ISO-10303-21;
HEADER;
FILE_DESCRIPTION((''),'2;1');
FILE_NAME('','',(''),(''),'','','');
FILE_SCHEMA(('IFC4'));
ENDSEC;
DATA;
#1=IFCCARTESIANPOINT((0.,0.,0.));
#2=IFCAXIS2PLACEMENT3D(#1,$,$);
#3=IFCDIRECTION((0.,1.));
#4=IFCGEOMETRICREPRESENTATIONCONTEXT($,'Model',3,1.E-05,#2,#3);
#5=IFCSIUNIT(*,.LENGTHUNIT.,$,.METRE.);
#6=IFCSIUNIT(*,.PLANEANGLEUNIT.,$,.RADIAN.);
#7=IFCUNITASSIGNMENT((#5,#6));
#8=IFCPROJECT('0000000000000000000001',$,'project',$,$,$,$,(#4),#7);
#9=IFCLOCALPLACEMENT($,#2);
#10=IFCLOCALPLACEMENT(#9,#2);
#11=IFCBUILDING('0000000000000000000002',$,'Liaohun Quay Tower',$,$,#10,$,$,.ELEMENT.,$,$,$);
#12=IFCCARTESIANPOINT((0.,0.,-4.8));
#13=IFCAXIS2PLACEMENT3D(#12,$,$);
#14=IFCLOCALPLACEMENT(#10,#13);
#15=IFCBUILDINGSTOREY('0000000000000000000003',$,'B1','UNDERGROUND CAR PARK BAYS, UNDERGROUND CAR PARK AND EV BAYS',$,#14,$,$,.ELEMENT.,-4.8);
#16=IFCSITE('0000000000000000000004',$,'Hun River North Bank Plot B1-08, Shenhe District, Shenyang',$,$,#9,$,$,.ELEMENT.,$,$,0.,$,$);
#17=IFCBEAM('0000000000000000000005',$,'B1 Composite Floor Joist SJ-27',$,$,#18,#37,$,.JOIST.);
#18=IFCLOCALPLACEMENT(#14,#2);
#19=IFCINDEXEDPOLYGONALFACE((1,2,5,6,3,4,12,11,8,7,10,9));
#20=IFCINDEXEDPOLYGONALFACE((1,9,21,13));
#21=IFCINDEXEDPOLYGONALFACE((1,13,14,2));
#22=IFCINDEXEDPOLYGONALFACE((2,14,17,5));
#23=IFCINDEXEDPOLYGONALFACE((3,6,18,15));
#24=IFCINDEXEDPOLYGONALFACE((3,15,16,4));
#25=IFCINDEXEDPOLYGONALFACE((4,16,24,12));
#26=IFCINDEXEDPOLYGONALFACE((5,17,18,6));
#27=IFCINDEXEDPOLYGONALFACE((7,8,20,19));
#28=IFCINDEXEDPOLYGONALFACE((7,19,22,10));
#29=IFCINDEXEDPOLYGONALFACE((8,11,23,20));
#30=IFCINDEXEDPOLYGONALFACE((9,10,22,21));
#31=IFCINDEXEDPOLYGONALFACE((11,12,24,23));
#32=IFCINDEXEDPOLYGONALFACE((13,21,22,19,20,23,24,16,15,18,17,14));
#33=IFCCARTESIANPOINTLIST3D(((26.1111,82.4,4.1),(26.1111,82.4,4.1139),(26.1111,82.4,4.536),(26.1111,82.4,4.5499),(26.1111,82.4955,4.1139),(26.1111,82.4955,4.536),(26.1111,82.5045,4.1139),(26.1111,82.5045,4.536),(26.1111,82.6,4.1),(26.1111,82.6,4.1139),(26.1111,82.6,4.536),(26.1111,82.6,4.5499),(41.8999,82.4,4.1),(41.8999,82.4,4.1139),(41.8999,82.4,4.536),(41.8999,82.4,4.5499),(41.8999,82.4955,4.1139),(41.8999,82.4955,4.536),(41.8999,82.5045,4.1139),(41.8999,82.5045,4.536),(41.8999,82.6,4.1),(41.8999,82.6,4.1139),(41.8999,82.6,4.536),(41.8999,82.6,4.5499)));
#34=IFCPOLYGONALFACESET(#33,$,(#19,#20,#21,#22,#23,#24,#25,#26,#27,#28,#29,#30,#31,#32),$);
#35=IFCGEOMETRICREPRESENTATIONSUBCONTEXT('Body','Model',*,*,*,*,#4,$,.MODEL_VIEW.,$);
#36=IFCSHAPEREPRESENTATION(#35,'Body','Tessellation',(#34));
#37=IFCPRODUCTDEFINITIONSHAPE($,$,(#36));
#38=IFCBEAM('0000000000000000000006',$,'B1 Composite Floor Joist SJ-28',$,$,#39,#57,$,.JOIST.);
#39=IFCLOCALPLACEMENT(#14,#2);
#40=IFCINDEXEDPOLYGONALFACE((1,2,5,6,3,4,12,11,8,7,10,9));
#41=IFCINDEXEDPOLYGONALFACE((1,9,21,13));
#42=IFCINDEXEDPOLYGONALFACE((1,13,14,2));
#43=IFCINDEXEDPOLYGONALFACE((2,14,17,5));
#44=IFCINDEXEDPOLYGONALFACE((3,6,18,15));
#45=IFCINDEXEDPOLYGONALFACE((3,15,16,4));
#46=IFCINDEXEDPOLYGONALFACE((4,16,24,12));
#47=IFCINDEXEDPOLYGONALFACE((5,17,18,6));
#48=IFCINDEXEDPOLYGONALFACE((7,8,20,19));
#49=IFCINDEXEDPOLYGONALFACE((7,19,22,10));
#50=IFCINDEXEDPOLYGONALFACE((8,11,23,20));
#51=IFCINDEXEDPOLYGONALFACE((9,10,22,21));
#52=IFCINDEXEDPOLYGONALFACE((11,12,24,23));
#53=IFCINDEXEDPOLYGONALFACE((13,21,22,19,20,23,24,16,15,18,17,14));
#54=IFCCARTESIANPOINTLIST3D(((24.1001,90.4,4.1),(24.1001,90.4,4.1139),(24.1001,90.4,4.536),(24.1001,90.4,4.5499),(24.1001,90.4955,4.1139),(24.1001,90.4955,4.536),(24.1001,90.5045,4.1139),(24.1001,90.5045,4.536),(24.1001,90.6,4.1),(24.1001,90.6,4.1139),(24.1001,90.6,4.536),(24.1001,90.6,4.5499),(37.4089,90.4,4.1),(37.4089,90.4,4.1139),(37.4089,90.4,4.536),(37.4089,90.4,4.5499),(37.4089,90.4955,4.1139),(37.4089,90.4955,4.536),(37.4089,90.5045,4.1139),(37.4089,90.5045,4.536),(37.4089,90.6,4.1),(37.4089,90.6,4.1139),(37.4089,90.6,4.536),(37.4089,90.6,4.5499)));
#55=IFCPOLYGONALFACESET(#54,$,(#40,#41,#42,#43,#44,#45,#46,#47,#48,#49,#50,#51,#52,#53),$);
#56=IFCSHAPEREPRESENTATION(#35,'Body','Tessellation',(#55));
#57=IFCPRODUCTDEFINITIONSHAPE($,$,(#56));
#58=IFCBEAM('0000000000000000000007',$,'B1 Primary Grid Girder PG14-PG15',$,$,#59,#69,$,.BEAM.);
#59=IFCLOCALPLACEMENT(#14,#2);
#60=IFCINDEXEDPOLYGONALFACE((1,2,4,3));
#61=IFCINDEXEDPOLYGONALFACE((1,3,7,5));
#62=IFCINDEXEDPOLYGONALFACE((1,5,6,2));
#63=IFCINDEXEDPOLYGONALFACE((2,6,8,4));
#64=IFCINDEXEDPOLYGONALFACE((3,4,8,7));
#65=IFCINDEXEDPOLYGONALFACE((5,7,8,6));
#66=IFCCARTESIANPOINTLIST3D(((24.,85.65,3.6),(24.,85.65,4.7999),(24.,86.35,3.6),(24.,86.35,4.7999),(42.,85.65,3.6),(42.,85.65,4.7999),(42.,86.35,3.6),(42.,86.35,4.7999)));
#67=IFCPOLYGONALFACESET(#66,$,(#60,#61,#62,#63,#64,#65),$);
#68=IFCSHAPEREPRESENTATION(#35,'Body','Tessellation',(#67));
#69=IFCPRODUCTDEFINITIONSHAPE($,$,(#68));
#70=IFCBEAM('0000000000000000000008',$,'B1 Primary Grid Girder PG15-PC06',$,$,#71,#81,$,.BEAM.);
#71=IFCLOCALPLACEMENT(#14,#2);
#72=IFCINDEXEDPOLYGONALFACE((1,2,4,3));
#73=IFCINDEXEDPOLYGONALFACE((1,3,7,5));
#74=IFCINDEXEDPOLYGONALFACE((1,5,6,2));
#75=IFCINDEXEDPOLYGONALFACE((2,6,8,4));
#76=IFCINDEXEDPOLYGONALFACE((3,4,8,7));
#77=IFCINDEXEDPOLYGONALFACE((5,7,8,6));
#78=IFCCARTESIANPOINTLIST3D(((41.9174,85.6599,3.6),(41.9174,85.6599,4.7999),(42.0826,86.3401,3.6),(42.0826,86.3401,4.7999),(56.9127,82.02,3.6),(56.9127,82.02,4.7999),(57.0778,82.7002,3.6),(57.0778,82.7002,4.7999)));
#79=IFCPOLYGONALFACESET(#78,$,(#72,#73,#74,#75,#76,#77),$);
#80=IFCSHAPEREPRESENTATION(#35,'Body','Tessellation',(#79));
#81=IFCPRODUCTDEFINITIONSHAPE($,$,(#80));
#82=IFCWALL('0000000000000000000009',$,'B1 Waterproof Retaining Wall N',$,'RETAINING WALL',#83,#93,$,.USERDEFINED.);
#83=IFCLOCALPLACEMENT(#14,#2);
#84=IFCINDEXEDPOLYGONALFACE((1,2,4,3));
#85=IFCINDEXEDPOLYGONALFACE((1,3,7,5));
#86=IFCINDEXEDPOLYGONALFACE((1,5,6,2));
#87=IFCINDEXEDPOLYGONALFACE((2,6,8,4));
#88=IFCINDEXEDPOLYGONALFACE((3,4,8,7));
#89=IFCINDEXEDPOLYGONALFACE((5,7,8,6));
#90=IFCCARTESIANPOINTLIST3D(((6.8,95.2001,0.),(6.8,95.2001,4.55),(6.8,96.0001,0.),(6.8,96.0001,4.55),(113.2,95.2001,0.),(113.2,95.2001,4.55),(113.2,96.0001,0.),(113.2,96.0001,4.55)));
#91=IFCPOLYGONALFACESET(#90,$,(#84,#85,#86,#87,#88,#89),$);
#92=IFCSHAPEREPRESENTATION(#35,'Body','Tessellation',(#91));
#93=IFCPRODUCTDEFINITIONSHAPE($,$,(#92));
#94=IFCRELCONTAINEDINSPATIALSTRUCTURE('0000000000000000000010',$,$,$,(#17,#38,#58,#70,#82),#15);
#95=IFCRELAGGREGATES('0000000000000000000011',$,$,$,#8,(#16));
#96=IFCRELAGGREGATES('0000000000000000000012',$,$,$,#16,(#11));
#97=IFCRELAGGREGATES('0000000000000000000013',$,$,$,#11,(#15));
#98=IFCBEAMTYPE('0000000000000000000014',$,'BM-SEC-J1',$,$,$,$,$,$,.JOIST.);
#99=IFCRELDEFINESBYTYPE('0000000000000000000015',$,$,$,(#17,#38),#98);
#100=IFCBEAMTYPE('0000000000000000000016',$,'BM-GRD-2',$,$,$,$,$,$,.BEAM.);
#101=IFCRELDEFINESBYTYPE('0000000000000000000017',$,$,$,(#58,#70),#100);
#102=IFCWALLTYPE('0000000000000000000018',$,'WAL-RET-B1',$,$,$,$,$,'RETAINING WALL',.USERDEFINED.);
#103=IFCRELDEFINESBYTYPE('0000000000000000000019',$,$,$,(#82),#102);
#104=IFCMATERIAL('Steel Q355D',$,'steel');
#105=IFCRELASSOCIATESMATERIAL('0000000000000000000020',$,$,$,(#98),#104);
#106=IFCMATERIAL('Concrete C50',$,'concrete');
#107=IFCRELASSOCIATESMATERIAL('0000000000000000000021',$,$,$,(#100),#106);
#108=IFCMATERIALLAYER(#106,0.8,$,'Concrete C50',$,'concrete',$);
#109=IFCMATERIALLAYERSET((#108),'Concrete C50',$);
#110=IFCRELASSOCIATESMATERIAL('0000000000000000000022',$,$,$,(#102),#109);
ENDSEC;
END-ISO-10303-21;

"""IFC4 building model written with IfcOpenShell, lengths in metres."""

from ifc_helpers import new_model, si_unit, direction, frame, frame_2d, origin, origin_2d, place, context, subcontext, project, spatial, rectangle, i_section, extrude, source, transform, mapped, material, layer, layer_set, material_profile, profile_set, type_object, element, save


model = new_model("IFC4")

# Units and contexts
model_context = context("Model", 3, precision=1e-05, world=origin(), true_north=direction((0.0, 1.0)))
body_context = subcontext(model_context, "Body", "Model", "MODEL_VIEW")
ifc_project = project(units=[si_unit("LENGTHUNIT", "METRE"), si_unit("PLANEANGLEUNIT", "RADIAN")], contexts=[model_context])

# Site, building, storey
site_placement = place(None, origin())
site = spatial("IfcSite", under=ifc_project, at=site_placement, Name="Hun River North Bank Plot B1-08, Shenhe District, Shenyang", CompositionType="ELEMENT", RefElevation=0.0)
building_placement = place(site_placement, origin())
building = spatial("IfcBuilding", under=site, at=building_placement, Name="Liaohun Quay Tower", CompositionType="ELEMENT")
storey_placement = place(building_placement, frame((0.0, 0.0, -4.8)))
storey = spatial("IfcBuildingStorey", under=building, at=storey_placement, Name="B1", Description="UNDERGROUND CAR PARK BAYS, UNDERGROUND CAR PARK AND EV BAYS", CompositionType="ELEMENT", Elevation=-4.8)

# Beams
ifc_material_1 = material(Name="Steel Q355D", Category="steel")
ifc_material_profile_1 = material_profile(ifc_material_1, i_section(OverallWidth=0.2, OverallDepth=0.45, WebThickness=0.009, FlangeThickness=0.0139, at=origin_2d()), Name="HN450x200x9x14")
ifc_profile_set_1 = profile_set([ifc_material_profile_1], Name="Steel Q355D")
beam_type_1 = type_object("IfcBeamType", Name="BM-SEC-J1", PredefinedType="JOIST", material=ifc_profile_set_1)
shared_shape_1 = source(origin(), body_context, "Body", "SweptSolid", [
    extrude(i_section(OverallWidth=0.2, OverallDepth=0.45, WebThickness=0.009, FlangeThickness=0.0139, at=origin_2d()), origin(), (0.0, 0.0, 1.0), 15.7888),
])
beam_1_placement = place(storey_placement, frame((26.1111, 82.5, 4.325), z_axis=(1.0, 0.0, 0.0), x_axis=(0.0, 1.0, 0.0)))
element("IfcBeam", 1, at=beam_1_placement, inside=storey, type_object=beam_type_1, Name="B1 Composite Floor Joist SJ-27", PredefinedType="JOIST", context=body_context, shape_type="MappedRepresentation", body=[
    mapped(shared_shape_1, transform((0.0, 0.0, 0.0), x_axis=(1.0, 0.0, 0.0), y_axis=(0.0, 1.0, 0.0), z_axis=(0.0, 0.0, 1.0), scale=1.0)),
])
shared_shape_2 = source(origin(), body_context, "Body", "SweptSolid", [
    extrude(i_section(OverallWidth=0.2, OverallDepth=0.45, WebThickness=0.009, FlangeThickness=0.0139, at=origin_2d()), origin(), (0.0, 0.0, 1.0), 13.3088),
])
beam_2_placement = place(storey_placement, frame((24.1001, 90.5, 4.325), z_axis=(1.0, 0.0, 0.0), x_axis=(0.0, 1.0, 0.0)))
element("IfcBeam", 2, at=beam_2_placement, inside=storey, type_object=beam_type_1, Name="B1 Composite Floor Joist SJ-28", PredefinedType="JOIST", context=body_context, shape_type="MappedRepresentation", body=[
    mapped(shared_shape_2, transform((0.0, 0.0, 0.0), x_axis=(1.0, 0.0, 0.0), y_axis=(0.0, 1.0, 0.0), z_axis=(0.0, 0.0, 1.0), scale=1.0)),
])
ifc_material_2 = material(Name="Concrete C50", Category="concrete")
ifc_material_profile_2 = material_profile(ifc_material_2, rectangle(XDim=0.7, YDim=1.2, at=origin_2d()), Name="RC700x1200")
ifc_profile_set_2 = profile_set([ifc_material_profile_2], Name="Concrete C50")
beam_type_2 = type_object("IfcBeamType", Name="BM-GRD-2", PredefinedType="BEAM", material=ifc_profile_set_2)
shared_shape_3 = source(origin(), body_context, "Body", "SweptSolid", [
    extrude(rectangle(XDim=0.7, YDim=1.2, at=origin_2d()), origin(), (0.0, 0.0, 1.0), 18.0),
])
beam_3_placement = place(storey_placement, frame((24.0, 86.0, 4.2), z_axis=(1.0, 0.0, 0.0), x_axis=(0.0, 1.0, 0.0)))
element("IfcBeam", 3, at=beam_3_placement, inside=storey, type_object=beam_type_2, Name="B1 Primary Grid Girder PG14-PG15", PredefinedType="BEAM", context=body_context, shape_type="MappedRepresentation", body=[
    mapped(shared_shape_3, transform((0.0, 0.0, 0.0), x_axis=(1.0, 0.0, 0.0), y_axis=(0.0, 1.0, 0.0), z_axis=(0.0, 0.0, 1.0), scale=1.0)),
])
shared_shape_4 = source(origin(), body_context, "Body", "SweptSolid", [
    extrude(rectangle(XDim=0.7, YDim=1.2, at=origin_2d()), origin(), (0.0, 0.0, 1.0), 15.4307),
])
beam_4_placement = place(storey_placement, frame((42.0, 86.0, 4.2), z_axis=(0.97178, -0.235888, 0.0), x_axis=(0.235888, 0.97178, 0.0)))
element("IfcBeam", 4, at=beam_4_placement, inside=storey, type_object=beam_type_2, Name="B1 Primary Grid Girder PG15-PC06", PredefinedType="BEAM", context=body_context, shape_type="MappedRepresentation", body=[
    mapped(shared_shape_4, transform((0.0, 0.0, 0.0), x_axis=(1.0, 0.0, 0.0), y_axis=(0.0, 1.0, 0.0), z_axis=(0.0, 0.0, 1.0), scale=1.0)),
])

# Wall
ifc_layer = layer(ifc_material_2, 0.8, Name="Concrete C50", Category="concrete")
ifc_layer_set = layer_set([ifc_layer], Name="Concrete C50")
wall_type = type_object("IfcWallType", Name="WAL-RET-B1", ElementType="RETAINING WALL", PredefinedType="USERDEFINED", material=ifc_layer_set)
wall_placement = place(storey_placement, frame((6.8, 95.6001, 0.0), z_axis=(0.0, 0.0, 1.0), x_axis=(1.0, 0.0, 0.0)))
element("IfcWall", 5, at=wall_placement, inside=storey, type_object=wall_type, Name="B1 Waterproof Retaining Wall N", ObjectType="RETAINING WALL", PredefinedType="USERDEFINED", context=body_context, shape_type="SweptSolid", body=[
    extrude(rectangle(XDim=106.3999, YDim=0.8, at=frame_2d((53.2, 0.0))), origin(), (0.0, 0.0, 1.0), 4.55),
])

save(model, "model.ifc")
